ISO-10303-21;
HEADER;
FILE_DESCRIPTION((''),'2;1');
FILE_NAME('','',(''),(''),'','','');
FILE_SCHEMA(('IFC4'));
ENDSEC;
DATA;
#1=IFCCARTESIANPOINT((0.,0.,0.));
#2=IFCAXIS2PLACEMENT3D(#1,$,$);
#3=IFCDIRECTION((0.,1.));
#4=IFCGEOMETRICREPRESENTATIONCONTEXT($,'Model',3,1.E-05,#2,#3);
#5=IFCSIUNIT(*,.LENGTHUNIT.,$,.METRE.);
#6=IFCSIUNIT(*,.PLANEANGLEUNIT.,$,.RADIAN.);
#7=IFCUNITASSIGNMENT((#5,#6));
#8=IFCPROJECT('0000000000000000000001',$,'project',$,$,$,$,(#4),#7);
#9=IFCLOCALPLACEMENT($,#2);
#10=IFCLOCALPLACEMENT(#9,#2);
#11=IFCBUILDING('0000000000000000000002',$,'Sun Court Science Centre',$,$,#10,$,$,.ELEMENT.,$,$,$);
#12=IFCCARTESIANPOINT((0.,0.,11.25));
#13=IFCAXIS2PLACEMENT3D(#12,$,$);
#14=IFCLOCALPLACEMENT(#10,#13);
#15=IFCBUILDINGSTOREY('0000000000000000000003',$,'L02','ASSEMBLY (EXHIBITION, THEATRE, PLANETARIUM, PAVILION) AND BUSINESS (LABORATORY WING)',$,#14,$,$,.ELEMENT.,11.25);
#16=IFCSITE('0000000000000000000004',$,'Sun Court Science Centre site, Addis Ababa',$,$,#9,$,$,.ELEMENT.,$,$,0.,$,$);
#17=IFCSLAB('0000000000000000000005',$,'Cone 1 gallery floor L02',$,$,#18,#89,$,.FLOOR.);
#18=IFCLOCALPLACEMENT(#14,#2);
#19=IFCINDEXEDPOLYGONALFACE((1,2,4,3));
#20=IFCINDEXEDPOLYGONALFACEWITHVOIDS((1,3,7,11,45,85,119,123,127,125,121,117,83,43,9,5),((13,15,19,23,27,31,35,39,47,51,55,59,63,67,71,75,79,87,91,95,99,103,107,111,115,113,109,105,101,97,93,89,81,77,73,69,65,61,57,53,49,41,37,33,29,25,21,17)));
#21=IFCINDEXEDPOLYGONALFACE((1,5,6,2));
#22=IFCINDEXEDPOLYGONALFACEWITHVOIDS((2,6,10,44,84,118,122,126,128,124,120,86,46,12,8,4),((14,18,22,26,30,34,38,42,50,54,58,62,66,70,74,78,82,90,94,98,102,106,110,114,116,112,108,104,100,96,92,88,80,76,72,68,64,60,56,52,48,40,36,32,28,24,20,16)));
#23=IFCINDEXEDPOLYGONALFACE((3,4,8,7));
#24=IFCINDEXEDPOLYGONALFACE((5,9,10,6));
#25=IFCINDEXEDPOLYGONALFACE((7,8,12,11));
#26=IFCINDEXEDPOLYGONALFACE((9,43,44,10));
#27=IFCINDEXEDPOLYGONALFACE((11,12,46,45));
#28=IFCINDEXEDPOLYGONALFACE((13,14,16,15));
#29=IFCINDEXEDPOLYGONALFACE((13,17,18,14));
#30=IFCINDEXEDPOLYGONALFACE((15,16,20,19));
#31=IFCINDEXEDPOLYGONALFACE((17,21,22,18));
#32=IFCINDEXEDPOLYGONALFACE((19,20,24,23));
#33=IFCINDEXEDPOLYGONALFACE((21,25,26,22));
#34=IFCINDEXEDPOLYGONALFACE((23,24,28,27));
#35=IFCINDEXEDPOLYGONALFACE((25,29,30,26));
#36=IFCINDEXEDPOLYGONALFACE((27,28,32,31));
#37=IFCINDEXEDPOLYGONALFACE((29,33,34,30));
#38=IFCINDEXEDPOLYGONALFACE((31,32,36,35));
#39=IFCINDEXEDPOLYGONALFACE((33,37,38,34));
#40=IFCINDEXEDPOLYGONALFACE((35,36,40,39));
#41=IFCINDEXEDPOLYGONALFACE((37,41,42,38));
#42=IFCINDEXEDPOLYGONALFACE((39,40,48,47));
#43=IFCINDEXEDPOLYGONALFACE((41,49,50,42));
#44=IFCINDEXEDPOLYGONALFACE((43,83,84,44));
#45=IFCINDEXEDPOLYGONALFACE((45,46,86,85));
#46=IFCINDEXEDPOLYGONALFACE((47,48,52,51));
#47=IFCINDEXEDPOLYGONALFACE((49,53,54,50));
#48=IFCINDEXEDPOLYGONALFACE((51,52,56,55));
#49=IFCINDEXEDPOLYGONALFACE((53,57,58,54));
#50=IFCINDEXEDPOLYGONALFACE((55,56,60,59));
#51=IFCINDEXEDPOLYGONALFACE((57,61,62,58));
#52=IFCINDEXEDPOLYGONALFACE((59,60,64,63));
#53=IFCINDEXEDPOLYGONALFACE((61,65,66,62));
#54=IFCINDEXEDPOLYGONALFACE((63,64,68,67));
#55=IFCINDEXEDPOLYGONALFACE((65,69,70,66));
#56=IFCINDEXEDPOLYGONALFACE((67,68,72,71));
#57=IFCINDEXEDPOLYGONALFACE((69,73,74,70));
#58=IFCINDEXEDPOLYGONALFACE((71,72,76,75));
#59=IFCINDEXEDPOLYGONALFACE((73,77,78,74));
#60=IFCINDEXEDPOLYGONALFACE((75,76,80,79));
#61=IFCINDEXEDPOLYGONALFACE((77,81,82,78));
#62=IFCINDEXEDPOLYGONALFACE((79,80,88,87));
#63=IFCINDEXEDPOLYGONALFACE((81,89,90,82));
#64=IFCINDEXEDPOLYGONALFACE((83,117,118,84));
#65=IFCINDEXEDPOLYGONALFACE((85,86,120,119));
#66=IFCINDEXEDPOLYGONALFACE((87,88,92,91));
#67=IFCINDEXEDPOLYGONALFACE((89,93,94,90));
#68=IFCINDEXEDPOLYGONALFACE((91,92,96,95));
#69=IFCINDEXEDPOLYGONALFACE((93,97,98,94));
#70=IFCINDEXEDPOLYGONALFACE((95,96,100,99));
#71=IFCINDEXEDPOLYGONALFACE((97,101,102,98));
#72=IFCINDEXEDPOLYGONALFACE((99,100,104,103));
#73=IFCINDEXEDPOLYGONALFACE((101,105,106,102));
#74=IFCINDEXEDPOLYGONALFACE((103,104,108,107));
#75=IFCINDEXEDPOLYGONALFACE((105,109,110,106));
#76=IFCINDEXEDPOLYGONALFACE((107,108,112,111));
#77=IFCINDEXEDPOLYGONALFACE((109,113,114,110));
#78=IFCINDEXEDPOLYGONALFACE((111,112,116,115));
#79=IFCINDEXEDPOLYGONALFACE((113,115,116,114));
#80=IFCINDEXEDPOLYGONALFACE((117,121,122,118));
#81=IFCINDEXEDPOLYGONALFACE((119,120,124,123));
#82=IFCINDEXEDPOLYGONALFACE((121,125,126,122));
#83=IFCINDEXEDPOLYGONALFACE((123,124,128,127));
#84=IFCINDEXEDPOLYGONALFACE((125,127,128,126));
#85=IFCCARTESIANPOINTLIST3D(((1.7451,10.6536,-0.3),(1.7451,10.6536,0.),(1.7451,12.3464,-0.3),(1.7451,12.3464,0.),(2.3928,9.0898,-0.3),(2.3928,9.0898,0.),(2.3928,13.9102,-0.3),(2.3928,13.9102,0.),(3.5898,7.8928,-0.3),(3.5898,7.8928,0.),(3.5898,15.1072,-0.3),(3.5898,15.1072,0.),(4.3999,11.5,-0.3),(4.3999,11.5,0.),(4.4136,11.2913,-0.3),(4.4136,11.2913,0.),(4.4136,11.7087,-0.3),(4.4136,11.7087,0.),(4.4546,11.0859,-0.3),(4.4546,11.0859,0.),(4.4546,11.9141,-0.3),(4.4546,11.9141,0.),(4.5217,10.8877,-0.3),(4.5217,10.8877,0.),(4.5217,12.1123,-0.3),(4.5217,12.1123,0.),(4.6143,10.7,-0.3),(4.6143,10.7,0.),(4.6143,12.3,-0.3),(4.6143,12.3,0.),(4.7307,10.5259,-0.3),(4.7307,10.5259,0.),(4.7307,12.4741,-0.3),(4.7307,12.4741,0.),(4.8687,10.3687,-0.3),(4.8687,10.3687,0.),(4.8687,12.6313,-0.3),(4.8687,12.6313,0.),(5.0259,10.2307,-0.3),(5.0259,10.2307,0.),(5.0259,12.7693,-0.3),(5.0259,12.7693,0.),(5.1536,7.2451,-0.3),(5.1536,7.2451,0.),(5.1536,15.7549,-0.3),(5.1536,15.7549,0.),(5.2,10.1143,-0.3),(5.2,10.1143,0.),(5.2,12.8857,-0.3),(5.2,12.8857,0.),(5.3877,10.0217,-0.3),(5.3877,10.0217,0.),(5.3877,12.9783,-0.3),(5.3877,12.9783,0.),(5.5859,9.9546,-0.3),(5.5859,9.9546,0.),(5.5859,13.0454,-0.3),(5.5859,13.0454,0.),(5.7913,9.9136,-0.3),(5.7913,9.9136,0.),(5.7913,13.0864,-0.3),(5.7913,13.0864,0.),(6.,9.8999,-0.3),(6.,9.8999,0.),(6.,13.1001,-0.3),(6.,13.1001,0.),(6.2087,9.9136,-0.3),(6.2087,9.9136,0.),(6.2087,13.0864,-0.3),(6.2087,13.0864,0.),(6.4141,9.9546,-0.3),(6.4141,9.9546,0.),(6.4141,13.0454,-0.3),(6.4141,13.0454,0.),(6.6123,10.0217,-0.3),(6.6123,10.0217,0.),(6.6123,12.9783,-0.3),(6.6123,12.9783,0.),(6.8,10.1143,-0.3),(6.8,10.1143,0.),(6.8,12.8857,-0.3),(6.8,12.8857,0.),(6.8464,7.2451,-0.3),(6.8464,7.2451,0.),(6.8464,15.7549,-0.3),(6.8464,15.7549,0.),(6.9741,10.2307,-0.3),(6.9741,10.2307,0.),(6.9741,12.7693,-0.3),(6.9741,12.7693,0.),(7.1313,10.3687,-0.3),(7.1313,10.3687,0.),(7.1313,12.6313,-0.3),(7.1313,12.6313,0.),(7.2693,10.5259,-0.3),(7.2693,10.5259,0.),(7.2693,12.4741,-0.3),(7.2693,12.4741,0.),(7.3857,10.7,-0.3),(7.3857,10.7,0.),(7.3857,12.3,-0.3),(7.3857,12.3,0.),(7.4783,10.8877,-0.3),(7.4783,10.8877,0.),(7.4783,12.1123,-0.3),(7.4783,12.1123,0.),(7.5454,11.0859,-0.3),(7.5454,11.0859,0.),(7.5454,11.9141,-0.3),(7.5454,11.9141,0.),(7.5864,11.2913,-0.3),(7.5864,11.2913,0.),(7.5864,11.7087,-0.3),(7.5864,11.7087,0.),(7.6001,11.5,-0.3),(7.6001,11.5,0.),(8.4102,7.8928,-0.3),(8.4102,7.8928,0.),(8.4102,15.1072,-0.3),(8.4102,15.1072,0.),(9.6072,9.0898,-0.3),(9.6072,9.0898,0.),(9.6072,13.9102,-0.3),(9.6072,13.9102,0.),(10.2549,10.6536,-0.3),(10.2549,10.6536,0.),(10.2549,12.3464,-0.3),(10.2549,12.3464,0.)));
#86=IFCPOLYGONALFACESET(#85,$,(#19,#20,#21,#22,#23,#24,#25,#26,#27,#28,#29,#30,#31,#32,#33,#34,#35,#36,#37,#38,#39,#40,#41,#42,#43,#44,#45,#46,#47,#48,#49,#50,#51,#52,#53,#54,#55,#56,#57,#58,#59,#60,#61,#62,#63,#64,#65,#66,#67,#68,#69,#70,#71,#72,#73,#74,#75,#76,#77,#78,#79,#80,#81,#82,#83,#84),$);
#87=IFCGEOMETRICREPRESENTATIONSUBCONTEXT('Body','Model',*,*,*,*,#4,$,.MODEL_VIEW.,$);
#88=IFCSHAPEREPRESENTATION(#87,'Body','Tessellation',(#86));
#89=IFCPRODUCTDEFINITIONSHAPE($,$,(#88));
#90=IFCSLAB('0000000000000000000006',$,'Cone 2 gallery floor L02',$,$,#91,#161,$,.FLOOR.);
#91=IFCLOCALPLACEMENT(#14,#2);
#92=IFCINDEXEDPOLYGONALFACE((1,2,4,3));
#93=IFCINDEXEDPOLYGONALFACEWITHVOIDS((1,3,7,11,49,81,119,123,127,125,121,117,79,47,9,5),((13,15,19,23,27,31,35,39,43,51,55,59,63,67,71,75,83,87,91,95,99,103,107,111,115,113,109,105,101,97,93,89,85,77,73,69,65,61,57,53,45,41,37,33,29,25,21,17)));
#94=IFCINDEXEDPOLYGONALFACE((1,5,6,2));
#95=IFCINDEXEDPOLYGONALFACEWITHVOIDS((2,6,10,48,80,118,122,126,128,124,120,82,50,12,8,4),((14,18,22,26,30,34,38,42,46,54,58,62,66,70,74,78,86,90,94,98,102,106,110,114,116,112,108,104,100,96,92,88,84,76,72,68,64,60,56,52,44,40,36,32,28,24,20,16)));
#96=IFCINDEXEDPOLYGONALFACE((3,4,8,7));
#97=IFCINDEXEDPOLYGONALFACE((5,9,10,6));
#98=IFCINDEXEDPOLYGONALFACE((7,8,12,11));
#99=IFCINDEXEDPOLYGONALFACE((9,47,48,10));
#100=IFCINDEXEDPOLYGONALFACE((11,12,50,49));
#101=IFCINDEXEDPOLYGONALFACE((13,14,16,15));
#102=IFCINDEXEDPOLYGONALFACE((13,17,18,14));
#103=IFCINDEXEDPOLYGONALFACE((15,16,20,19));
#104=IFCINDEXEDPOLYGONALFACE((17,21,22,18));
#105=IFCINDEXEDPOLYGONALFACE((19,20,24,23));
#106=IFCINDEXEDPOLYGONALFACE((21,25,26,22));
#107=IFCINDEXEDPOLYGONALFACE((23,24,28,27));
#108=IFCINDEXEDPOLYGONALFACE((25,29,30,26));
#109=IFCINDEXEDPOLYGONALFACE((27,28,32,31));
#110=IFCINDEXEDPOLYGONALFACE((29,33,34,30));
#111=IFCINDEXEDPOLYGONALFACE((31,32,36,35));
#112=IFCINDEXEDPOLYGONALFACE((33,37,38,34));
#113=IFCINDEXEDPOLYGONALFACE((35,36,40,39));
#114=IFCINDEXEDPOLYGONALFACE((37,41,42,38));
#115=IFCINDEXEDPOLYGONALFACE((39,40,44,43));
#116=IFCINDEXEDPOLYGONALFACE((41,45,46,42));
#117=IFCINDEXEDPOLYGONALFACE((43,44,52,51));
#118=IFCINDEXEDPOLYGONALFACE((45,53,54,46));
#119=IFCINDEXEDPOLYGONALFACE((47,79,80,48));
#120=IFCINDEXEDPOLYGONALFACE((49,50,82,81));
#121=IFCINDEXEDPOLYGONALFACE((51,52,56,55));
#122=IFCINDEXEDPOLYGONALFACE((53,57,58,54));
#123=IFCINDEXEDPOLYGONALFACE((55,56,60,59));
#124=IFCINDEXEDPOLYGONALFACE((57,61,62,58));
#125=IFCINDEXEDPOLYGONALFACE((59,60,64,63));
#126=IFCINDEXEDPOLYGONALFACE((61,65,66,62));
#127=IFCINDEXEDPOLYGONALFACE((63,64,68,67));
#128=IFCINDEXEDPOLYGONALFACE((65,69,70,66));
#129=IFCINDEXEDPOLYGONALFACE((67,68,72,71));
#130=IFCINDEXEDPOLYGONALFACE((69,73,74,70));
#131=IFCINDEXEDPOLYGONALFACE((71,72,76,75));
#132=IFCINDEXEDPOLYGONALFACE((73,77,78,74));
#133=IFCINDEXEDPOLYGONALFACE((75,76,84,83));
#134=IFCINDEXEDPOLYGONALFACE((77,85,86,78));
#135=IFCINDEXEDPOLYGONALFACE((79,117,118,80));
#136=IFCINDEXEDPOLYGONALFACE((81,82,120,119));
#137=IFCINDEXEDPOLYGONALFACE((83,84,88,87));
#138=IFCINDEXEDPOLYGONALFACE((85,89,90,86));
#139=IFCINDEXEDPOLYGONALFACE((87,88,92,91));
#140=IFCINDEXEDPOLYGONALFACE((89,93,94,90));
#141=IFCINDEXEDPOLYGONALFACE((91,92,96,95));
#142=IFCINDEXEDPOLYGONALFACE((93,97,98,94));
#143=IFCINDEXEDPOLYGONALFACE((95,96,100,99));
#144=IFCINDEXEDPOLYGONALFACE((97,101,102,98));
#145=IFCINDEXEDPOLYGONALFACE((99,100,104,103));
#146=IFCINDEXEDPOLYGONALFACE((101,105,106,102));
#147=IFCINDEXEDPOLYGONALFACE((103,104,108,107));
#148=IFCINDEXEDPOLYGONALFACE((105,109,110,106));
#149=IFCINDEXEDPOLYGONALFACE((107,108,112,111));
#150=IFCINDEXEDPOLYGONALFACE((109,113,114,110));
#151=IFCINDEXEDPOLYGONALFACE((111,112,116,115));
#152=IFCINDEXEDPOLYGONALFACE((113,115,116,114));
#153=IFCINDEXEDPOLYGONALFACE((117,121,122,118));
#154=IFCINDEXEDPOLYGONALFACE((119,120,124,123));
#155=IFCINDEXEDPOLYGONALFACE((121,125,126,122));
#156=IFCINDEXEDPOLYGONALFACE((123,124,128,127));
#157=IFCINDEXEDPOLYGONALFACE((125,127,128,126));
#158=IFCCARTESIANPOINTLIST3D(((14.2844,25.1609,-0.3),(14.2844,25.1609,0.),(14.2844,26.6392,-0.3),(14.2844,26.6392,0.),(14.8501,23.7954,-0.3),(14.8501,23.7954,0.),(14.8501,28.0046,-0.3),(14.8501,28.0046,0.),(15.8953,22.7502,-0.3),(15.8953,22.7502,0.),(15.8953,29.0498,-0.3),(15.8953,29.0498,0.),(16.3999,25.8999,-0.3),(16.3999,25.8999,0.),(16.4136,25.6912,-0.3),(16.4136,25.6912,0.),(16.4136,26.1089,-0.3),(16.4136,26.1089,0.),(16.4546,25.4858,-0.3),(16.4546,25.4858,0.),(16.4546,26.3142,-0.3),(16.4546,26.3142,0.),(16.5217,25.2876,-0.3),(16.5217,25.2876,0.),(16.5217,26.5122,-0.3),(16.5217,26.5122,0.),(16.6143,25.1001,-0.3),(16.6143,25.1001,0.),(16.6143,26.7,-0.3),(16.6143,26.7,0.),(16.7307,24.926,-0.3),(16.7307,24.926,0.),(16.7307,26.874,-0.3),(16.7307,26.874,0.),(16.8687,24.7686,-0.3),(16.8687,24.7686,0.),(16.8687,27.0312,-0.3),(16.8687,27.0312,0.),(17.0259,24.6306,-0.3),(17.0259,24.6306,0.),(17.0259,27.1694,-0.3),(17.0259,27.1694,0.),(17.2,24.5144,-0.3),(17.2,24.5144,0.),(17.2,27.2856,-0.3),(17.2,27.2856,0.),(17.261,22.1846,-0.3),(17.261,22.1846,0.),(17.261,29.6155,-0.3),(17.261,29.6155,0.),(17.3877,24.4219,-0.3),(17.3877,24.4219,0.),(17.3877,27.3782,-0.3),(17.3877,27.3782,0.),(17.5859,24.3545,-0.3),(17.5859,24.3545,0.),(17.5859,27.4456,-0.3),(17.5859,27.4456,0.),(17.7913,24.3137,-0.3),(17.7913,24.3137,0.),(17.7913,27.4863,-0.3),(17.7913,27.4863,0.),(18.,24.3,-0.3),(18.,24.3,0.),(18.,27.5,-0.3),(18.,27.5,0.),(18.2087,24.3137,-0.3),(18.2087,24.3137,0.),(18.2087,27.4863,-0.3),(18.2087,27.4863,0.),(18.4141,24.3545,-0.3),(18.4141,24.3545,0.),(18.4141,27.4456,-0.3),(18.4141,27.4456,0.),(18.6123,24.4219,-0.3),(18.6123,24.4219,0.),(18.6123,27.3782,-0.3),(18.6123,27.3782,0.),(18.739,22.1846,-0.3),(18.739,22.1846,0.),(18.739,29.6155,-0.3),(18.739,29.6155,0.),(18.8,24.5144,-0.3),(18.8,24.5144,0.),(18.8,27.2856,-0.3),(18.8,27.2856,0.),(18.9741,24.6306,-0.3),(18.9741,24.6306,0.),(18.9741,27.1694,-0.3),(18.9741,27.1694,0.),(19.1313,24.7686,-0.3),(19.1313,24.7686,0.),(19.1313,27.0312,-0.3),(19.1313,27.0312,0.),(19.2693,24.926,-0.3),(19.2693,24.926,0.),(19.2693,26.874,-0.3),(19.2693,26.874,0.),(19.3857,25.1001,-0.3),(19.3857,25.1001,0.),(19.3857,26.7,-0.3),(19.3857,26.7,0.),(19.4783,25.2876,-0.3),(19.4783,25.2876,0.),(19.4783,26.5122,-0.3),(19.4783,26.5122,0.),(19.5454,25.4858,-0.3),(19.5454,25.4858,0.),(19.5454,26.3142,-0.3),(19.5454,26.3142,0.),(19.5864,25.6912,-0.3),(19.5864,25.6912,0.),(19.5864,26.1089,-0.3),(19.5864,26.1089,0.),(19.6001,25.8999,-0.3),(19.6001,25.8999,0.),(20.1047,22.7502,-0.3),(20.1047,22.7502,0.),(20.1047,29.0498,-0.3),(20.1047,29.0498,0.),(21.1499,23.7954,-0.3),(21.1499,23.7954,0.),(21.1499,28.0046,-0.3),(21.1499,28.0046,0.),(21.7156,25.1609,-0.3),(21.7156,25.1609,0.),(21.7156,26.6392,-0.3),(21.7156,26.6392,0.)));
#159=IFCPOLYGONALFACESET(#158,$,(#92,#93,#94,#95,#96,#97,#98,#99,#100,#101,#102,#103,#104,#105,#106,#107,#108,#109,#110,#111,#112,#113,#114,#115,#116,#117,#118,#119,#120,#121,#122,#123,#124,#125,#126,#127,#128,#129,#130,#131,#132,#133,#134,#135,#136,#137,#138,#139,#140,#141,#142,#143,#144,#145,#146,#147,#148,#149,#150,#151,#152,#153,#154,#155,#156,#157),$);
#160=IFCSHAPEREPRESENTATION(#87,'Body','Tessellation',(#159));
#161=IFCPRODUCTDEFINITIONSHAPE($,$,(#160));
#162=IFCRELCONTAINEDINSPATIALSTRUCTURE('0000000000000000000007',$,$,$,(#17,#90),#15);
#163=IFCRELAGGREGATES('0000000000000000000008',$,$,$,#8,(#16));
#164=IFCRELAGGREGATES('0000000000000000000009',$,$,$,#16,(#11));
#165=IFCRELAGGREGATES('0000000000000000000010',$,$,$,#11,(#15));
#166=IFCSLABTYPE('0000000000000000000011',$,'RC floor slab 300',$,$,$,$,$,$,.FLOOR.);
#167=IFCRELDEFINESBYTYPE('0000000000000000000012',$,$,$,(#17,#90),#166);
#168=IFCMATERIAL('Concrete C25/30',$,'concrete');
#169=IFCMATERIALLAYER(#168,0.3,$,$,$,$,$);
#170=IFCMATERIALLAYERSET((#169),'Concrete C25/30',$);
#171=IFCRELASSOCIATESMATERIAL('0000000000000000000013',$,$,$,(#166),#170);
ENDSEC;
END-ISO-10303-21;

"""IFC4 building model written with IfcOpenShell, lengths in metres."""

from ifc_helpers import new_model, si_unit, direction, frame, origin, place, context, subcontext, project, spatial, polyline, outline, extrude, material, layer, layer_set, type_object, element, save


model = new_model("IFC4")

# Units and contexts
model_context = context("Model", 3, precision=1e-05, world=origin(), true_north=direction((0.0, 1.0)))
body_context = subcontext(model_context, "Body", "Model", "MODEL_VIEW")
ifc_project = project(units=[si_unit("LENGTHUNIT", "METRE"), si_unit("PLANEANGLEUNIT", "RADIAN")], contexts=[model_context])

# Site, building, storey
site_placement = place(None, origin())
site = spatial("IfcSite", under=ifc_project, at=site_placement, Name="Sun Court Science Centre site, Addis Ababa", CompositionType="ELEMENT", RefElevation=0.0)
building_placement = place(site_placement, origin())
building = spatial("IfcBuilding", under=site, at=building_placement, Name="Sun Court Science Centre", CompositionType="ELEMENT")
storey_placement = place(building_placement, frame((0.0, 0.0, 11.25)))
storey = spatial("IfcBuildingStorey", under=building, at=storey_placement, Name="L02", Description="ASSEMBLY (EXHIBITION, THEATRE, PLANETARIUM, PAVILION) AND BUSINESS (LABORATORY WING)", CompositionType="ELEMENT", Elevation=11.25)

# Slabs
ifc_material_1 = material(Name="Concrete C25/30", Category="concrete")
ifc_layer_1 = layer(ifc_material_1, 0.3)
ifc_layer_set_1 = layer_set([ifc_layer_1], Name="Concrete C25/30")
slab_type = type_object("IfcSlabType", Name="RC floor slab 300", PredefinedType="FLOOR", material=ifc_layer_set_1)
slab_1_placement = place(storey_placement, frame((0.0, 0.0, -0.3)))
element("IfcSlab", 1, at=slab_1_placement, inside=storey, type_object=slab_type, Name="Cone 1 gallery floor L02", PredefinedType="FLOOR", context=body_context, shape_type="SweptSolid", body=[
    extrude(outline(polyline([(10.2549, 10.6536), (10.2549, 12.3464), (9.6072, 13.9102), (8.4102, 15.1072), (6.8464, 15.7549), (5.1536, 15.7549), (3.5898, 15.1072), (2.3928, 13.9102), (1.7451, 12.3464), (1.7451, 10.6536), (2.3928, 9.0898), (3.5898, 7.8928), (5.1536, 7.2451), (6.8464, 7.2451), (8.4102, 7.8928), (9.6072, 9.0898), (10.2549, 10.6536)]), holes=[polyline([(7.5864, 11.7087), (7.6001, 11.5), (7.5864, 11.2913), (7.5454, 11.0859), (7.4783, 10.8877), (7.3857, 10.7), (7.2693, 10.5259), (7.1313, 10.3687), (6.9741, 10.2307), (6.8, 10.1143), (6.6123, 10.0217), (6.4141, 9.9546), (6.2087, 9.9136), (6.0, 9.8999), (5.7913, 9.9136), (5.5859, 9.9546), (5.3877, 10.0217), (5.2, 10.1143), (5.0259, 10.2307), (4.8687, 10.3687), (4.7307, 10.5259), (4.6143, 10.7), (4.5217, 10.8877), (4.4546, 11.0859), (4.4136, 11.2913), (4.3999, 11.5), (4.4136, 11.7087), (4.4546, 11.9141), (4.5217, 12.1123), (4.6143, 12.3), (4.7307, 12.4741), (4.8687, 12.6313), (5.0259, 12.7693), (5.2, 12.8857), (5.3877, 12.9783), (5.5859, 13.0454), (5.7913, 13.0864), (6.0, 13.1001), (6.2087, 13.0864), (6.4141, 13.0454), (6.6123, 12.9783), (6.8, 12.8857), (6.9741, 12.7693), (7.1313, 12.6313), (7.2693, 12.4741), (7.3857, 12.3), (7.4783, 12.1123), (7.5454, 11.9141), (7.5864, 11.7087)])]), origin(), (0.0, 0.0, 1.0), 0.3),
])
slab_2_placement = place(storey_placement, frame((0.0, 0.0, -0.3)))
element("IfcSlab", 2, at=slab_2_placement, inside=storey, type_object=slab_type, Name="Cone 2 gallery floor L02", PredefinedType="FLOOR", context=body_context, shape_type="SweptSolid", body=[
    extrude(outline(polyline([(21.7156, 25.1609), (21.7156, 26.6392), (21.1499, 28.0046), (20.1047, 29.0498), (18.739, 29.6155), (17.261, 29.6155), (15.8953, 29.0498), (14.8501, 28.0046), (14.2844, 26.6392), (14.2844, 25.1609), (14.8501, 23.7954), (15.8953, 22.7502), (17.261, 22.1846), (18.739, 22.1846), (20.1047, 22.7502), (21.1499, 23.7954), (21.7156, 25.1609)]), holes=[polyline([(19.5864, 26.1089), (19.6001, 25.8999), (19.5864, 25.6912), (19.5454, 25.4858), (19.4783, 25.2876), (19.3857, 25.1001), (19.2693, 24.926), (19.1313, 24.7686), (18.9741, 24.6306), (18.8, 24.5144), (18.6123, 24.4219), (18.4141, 24.3545), (18.2087, 24.3137), (18.0, 24.3), (17.7913, 24.3137), (17.5859, 24.3545), (17.3877, 24.4219), (17.2, 24.5144), (17.0259, 24.6306), (16.8687, 24.7686), (16.7307, 24.926), (16.6143, 25.1001), (16.5217, 25.2876), (16.4546, 25.4858), (16.4136, 25.6912), (16.3999, 25.8999), (16.4136, 26.1089), (16.4546, 26.3142), (16.5217, 26.5122), (16.6143, 26.7), (16.7307, 26.874), (16.8687, 27.0312), (17.0259, 27.1694), (17.2, 27.2856), (17.3877, 27.3782), (17.5859, 27.4456), (17.7913, 27.4863), (18.0, 27.5), (18.2087, 27.4863), (18.4141, 27.4456), (18.6123, 27.3782), (18.8, 27.2856), (18.9741, 27.1694), (19.1313, 27.0312), (19.2693, 26.874), (19.3857, 26.7), (19.4783, 26.5122), (19.5454, 26.3142), (19.5864, 26.1089)])]), origin(), (0.0, 0.0, 1.0), 0.3),
])

save(model, "model.ifc")
